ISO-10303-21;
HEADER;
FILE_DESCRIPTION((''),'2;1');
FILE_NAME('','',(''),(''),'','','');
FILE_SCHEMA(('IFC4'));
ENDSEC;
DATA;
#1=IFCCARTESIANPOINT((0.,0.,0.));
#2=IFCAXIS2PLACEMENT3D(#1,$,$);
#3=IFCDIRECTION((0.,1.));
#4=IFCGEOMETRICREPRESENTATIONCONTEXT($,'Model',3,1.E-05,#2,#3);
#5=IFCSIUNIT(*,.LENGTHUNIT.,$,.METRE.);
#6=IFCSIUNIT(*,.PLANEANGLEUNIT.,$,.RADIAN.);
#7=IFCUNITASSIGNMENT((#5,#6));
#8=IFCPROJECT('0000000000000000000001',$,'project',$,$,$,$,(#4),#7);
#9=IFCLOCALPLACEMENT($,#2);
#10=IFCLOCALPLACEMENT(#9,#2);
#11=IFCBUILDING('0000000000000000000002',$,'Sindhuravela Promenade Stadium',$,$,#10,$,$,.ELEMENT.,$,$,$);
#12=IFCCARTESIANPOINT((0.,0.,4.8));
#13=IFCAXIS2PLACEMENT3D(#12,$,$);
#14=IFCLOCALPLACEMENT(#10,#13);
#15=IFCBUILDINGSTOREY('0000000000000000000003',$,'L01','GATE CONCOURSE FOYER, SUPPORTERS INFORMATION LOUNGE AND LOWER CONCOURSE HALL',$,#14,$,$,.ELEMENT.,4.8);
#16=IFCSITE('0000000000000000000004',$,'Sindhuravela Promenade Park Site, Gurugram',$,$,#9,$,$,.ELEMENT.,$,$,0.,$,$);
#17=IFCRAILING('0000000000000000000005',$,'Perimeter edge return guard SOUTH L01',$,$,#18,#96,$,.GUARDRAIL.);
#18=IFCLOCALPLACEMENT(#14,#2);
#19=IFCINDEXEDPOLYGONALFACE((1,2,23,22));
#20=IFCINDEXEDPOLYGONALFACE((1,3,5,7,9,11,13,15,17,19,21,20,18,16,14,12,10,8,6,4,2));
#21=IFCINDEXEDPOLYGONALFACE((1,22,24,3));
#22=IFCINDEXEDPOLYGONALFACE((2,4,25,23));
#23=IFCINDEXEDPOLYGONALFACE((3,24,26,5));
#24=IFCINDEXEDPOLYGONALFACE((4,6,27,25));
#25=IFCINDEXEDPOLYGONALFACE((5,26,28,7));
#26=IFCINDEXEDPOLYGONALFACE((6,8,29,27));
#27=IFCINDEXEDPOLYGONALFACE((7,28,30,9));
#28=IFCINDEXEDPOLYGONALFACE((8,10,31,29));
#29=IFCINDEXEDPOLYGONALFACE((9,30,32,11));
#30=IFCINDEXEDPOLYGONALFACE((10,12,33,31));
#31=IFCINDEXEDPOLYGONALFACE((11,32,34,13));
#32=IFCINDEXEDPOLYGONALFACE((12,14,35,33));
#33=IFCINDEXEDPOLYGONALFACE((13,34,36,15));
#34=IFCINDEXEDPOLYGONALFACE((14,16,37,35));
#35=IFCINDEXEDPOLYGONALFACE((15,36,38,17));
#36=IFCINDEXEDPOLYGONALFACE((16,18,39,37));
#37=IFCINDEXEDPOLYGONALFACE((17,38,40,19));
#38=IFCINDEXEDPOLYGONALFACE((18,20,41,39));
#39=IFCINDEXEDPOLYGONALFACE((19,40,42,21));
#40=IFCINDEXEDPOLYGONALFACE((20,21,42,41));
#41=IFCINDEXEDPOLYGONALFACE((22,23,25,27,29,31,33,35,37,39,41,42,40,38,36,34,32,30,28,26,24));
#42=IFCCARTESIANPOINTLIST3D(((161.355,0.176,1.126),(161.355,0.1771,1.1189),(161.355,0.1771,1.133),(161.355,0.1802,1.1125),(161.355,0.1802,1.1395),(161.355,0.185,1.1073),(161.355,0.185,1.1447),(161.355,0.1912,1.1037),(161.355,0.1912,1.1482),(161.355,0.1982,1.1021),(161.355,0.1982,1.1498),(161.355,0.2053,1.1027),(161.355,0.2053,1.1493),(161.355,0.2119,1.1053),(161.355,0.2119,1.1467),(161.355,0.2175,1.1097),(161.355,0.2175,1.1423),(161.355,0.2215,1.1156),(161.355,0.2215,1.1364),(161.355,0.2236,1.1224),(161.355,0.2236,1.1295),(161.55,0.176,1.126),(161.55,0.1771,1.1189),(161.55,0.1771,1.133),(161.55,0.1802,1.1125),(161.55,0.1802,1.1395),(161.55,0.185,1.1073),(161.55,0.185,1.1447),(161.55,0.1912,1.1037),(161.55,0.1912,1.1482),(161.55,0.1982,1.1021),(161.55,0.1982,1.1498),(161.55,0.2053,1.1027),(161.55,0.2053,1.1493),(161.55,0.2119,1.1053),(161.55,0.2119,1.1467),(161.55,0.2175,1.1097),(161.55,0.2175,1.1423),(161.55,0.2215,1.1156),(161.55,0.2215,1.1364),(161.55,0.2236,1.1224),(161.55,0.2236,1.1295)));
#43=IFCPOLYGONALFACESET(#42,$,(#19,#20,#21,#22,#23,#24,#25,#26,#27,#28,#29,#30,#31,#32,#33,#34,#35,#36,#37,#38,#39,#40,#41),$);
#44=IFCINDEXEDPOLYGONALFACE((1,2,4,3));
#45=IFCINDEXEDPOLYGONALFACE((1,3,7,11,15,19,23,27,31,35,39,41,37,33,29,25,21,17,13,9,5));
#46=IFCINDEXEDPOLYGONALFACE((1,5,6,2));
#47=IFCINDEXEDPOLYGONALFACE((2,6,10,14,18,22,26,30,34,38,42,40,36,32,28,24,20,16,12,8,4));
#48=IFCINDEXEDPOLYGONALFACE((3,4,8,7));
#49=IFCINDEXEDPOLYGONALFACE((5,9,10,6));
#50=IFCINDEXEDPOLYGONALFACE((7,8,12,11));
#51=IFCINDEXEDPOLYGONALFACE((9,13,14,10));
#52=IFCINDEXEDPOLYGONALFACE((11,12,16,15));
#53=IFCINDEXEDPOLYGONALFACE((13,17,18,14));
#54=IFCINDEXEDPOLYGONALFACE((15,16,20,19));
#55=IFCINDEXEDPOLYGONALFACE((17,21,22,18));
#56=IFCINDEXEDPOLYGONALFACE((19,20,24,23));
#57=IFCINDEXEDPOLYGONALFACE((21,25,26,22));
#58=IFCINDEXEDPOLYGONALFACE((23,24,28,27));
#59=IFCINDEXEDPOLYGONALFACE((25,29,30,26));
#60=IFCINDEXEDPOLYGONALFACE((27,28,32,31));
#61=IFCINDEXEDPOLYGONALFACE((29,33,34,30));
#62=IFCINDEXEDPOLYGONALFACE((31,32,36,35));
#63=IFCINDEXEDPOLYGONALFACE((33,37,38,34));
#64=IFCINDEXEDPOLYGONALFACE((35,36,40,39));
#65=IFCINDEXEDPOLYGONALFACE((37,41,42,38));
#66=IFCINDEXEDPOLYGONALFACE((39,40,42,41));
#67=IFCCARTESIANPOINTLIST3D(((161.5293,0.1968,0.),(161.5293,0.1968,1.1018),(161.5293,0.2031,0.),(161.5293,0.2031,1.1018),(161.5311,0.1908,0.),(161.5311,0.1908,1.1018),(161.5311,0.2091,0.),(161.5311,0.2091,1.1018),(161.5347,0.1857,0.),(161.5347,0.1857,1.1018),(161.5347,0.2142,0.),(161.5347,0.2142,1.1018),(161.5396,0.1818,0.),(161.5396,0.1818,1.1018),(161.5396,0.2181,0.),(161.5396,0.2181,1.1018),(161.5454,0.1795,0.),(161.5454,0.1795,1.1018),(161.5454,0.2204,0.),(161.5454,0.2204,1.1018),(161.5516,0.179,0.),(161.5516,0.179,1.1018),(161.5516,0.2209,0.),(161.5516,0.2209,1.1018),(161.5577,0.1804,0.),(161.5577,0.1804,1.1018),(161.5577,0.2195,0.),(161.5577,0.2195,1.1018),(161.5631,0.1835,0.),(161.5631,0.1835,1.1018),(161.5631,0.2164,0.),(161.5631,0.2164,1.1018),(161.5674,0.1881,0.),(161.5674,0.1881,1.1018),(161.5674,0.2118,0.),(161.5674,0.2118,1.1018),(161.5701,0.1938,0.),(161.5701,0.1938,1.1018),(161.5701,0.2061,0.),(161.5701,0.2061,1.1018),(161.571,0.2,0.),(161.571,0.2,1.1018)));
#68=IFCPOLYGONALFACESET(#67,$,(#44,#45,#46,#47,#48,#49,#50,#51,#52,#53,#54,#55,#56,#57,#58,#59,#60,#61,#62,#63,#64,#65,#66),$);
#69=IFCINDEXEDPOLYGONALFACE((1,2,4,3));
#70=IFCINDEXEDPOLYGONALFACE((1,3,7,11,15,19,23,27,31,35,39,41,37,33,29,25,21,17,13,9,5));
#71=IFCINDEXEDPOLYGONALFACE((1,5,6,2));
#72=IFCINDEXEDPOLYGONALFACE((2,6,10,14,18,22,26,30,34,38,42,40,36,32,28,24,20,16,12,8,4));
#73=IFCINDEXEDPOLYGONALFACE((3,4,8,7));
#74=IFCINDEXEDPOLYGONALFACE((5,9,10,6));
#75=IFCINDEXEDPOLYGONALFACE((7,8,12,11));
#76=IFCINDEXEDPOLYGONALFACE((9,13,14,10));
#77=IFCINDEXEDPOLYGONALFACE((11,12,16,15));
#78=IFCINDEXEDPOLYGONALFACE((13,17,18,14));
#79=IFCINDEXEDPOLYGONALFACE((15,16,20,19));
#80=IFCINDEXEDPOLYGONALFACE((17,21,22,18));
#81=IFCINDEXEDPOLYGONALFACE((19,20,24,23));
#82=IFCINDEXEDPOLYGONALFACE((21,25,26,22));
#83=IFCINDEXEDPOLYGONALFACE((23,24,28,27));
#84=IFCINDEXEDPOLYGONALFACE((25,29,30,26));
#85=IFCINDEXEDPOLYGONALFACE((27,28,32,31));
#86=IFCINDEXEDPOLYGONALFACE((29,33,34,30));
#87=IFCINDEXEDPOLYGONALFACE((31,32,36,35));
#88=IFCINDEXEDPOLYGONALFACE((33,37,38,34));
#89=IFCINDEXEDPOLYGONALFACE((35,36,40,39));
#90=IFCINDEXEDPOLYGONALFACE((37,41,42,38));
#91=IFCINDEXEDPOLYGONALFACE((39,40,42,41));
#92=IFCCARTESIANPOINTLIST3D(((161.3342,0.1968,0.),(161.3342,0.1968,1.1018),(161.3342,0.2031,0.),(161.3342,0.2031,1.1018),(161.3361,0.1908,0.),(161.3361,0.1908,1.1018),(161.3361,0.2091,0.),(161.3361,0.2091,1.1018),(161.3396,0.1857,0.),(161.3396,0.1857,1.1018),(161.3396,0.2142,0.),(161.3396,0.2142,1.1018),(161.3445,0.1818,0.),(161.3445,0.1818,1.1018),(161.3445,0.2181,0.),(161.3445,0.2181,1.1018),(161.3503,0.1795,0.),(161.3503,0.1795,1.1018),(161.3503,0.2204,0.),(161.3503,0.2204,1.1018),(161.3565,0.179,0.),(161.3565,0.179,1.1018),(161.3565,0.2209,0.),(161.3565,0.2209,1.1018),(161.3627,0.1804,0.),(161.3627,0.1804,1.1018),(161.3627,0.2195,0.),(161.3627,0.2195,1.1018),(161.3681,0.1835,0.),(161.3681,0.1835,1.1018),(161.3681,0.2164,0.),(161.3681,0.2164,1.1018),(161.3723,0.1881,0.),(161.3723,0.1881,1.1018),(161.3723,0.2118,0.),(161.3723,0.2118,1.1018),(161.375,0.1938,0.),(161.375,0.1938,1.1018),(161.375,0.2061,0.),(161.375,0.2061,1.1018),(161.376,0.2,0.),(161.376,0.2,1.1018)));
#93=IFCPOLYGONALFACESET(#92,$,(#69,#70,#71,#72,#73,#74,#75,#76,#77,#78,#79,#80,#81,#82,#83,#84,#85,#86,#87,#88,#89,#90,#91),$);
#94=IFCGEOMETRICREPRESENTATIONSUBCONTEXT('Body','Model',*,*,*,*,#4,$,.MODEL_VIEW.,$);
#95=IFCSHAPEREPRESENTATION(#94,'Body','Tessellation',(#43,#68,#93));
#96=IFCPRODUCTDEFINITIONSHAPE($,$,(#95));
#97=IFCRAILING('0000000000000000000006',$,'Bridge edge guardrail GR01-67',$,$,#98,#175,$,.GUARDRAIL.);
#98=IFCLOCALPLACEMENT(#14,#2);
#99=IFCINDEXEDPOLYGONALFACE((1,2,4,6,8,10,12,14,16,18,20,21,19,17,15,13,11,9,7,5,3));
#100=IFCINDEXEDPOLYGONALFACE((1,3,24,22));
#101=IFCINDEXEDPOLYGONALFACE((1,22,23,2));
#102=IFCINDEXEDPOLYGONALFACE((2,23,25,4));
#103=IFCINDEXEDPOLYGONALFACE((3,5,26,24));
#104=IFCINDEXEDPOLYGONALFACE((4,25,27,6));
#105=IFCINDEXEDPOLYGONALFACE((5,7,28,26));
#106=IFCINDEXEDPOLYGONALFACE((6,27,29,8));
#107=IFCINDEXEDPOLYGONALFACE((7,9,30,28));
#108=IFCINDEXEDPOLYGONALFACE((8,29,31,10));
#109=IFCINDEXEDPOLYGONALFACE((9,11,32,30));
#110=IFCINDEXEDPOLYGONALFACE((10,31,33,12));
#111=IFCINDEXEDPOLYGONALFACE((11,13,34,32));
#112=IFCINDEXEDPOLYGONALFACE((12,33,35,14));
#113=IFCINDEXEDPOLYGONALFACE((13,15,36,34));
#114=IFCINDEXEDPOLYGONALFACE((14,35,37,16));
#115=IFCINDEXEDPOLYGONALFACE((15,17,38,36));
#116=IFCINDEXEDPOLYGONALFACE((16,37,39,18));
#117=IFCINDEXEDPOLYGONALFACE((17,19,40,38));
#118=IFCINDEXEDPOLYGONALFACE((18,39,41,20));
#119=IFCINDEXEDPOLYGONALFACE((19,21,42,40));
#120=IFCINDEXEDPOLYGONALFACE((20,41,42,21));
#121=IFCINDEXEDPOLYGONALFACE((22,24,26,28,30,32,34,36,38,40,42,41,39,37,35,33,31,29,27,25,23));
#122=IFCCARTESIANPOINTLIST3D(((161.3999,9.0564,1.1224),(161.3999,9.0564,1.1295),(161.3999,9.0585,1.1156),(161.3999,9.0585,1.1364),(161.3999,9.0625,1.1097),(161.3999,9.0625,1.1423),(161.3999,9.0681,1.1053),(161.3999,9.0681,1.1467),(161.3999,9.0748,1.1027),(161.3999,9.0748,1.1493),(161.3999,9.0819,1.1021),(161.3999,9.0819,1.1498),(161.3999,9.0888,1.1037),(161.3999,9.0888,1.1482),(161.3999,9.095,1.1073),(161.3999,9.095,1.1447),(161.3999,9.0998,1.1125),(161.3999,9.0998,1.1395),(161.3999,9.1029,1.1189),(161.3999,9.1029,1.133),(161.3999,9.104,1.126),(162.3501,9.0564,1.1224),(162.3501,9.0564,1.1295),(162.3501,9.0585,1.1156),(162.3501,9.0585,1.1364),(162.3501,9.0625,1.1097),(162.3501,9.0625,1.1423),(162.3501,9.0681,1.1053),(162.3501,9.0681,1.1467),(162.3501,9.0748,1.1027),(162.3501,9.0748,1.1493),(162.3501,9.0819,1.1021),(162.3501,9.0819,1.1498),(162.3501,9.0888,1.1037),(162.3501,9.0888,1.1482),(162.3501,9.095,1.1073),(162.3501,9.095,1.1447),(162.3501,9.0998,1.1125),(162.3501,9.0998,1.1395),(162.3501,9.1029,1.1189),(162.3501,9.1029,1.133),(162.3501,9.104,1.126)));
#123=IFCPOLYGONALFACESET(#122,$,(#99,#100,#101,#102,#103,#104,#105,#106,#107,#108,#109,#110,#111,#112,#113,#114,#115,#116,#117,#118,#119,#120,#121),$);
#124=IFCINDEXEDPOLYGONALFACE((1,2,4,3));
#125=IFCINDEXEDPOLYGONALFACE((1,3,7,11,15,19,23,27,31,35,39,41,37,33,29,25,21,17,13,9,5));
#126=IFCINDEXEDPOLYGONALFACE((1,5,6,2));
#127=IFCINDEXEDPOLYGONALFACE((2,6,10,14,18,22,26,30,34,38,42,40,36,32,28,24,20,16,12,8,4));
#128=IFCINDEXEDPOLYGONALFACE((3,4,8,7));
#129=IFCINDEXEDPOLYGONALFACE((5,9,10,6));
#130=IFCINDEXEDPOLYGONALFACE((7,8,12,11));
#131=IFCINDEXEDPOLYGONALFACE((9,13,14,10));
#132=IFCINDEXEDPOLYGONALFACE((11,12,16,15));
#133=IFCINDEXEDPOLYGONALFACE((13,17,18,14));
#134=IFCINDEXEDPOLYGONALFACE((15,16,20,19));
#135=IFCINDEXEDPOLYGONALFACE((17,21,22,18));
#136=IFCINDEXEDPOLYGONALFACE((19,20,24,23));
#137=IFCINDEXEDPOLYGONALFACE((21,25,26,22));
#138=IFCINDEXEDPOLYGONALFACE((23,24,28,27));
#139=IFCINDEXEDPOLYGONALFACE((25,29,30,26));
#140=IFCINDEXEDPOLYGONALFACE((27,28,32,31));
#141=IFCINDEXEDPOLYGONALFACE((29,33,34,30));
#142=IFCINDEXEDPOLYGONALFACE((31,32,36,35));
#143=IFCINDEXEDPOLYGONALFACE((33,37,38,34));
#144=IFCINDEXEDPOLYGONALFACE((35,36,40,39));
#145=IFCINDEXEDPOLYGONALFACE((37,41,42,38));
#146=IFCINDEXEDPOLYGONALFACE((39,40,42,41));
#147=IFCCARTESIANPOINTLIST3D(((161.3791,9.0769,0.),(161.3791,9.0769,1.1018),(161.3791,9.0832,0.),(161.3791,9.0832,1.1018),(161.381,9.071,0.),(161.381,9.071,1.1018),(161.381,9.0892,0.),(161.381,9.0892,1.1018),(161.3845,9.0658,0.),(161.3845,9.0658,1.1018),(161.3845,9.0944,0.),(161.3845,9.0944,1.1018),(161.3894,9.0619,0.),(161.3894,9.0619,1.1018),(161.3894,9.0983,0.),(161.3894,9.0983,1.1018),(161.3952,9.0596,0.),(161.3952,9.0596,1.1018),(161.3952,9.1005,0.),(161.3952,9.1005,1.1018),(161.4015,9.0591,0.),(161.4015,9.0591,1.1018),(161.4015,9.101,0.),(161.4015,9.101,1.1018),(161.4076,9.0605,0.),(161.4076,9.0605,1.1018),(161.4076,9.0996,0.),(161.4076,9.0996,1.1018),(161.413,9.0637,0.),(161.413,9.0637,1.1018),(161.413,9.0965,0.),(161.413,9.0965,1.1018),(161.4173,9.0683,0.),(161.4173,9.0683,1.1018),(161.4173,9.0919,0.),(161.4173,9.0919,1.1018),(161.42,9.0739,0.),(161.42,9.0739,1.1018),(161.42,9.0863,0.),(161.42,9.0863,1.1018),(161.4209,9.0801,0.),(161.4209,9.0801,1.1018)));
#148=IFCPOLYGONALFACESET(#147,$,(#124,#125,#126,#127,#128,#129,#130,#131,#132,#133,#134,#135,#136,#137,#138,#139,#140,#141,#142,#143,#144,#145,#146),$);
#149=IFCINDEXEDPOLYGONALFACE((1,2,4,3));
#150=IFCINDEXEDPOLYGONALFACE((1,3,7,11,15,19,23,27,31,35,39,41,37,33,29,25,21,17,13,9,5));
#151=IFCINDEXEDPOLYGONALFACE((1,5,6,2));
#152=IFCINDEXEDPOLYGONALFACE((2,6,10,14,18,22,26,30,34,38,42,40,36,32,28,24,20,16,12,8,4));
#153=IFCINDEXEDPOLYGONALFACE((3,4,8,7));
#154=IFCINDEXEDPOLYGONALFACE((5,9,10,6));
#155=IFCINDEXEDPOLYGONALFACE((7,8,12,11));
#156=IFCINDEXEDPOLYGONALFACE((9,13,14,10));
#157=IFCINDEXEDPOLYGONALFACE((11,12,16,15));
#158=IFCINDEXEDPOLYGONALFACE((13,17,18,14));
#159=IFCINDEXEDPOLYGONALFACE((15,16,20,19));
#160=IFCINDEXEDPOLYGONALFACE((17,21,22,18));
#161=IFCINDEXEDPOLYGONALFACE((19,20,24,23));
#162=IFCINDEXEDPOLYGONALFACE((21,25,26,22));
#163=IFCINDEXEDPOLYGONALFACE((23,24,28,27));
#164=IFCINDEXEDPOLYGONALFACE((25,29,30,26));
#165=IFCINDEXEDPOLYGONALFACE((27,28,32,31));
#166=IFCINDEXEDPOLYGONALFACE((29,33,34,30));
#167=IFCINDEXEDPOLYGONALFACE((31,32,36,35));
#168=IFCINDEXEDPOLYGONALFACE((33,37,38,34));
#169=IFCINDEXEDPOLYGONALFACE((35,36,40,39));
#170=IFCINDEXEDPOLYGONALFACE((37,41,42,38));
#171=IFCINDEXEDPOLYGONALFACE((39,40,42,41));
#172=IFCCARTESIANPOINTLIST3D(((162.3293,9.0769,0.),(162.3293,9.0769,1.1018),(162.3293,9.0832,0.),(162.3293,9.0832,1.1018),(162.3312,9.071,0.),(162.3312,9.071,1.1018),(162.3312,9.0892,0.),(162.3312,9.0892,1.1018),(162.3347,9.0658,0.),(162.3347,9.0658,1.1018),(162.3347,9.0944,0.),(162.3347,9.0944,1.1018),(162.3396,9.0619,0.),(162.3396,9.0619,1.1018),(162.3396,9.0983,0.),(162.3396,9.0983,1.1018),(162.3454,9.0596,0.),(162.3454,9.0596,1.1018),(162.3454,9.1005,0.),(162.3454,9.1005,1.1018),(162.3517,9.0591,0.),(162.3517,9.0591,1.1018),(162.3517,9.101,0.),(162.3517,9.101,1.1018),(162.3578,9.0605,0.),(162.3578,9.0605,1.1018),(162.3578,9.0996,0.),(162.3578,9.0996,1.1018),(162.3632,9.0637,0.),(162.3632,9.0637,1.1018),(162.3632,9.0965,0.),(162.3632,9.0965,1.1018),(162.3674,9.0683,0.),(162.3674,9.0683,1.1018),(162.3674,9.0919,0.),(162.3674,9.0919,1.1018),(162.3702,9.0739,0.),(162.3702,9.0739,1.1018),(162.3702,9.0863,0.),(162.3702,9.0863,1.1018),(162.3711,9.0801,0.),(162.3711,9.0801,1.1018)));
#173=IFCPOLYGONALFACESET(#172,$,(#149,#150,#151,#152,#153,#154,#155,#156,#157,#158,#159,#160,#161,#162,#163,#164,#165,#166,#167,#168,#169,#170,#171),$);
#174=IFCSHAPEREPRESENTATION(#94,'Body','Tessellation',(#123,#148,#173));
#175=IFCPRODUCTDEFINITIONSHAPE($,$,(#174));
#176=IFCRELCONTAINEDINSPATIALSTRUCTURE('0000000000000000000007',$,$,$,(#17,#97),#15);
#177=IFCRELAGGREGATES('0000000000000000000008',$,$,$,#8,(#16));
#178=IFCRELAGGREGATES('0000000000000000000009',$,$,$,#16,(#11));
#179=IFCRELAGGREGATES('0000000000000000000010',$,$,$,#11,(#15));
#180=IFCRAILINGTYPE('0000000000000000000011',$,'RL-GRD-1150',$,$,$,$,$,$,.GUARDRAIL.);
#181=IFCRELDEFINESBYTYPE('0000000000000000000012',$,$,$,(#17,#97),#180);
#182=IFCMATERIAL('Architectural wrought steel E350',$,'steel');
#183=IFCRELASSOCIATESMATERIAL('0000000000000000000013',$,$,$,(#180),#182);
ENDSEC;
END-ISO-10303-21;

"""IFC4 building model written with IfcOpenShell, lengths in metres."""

from ifc_helpers import new_model, si_unit, direction, frame, origin, origin_2d, place, context, subcontext, project, spatial, circle, extrude, material, type_object, element, save


model = new_model("IFC4")

# Units and contexts
model_context = context("Model", 3, precision=1e-05, world=origin(), true_north=direction((0.0, 1.0)))
body_context = subcontext(model_context, "Body", "Model", "MODEL_VIEW")
ifc_project = project(units=[si_unit("LENGTHUNIT", "METRE"), si_unit("PLANEANGLEUNIT", "RADIAN")], contexts=[model_context])

# Site, building, storey
site_placement = place(None, origin())
site = spatial("IfcSite", under=ifc_project, at=site_placement, Name="Sindhuravela Promenade Park Site, Gurugram", CompositionType="ELEMENT", RefElevation=0.0)
building_placement = place(site_placement, origin())
building = spatial("IfcBuilding", under=site, at=building_placement, Name="Sindhuravela Promenade Stadium", CompositionType="ELEMENT")
storey_placement = place(building_placement, frame((0.0, 0.0, 4.8)))
storey = spatial("IfcBuildingStorey", under=building, at=storey_placement, Name="L01", Description="GATE CONCOURSE FOYER, SUPPORTERS INFORMATION LOUNGE AND LOWER CONCOURSE HALL", CompositionType="ELEMENT", Elevation=4.8)

# Railings
ifc_material_1 = material(Name="Architectural wrought steel E350", Category="steel")
railing_type = type_object("IfcRailingType", Name="RL-GRD-1150", PredefinedType="GUARDRAIL", material=ifc_material_1)
railing_1_placement = place(storey_placement, frame((161.55, 0.2, 0.0)))
element("IfcRailing", 1, at=railing_1_placement, inside=storey, type_object=railing_type, Name="Perimeter edge return guard SOUTH L01", PredefinedType="GUARDRAIL", context=body_context, shape_type="SweptSolid", body=[
    extrude(circle(Radius=0.0239, at=origin_2d()), frame((0.0, 0.0, 1.126), z_axis=(-1.0, 0.0, 0.0), x_axis=(0.0, -1.0, 0.0)), (0.0, 0.0, 1.0), 0.1951),
    extrude(circle(Radius=0.021, at=origin_2d()), origin(), (0.0, 0.0, 1.0), 1.1018),
    extrude(circle(Radius=0.021, at=origin_2d()), frame((-0.1951, 0.0, 0.0)), (0.0, 0.0, 1.0), 1.1018),
])
railing_2_placement = place(storey_placement, frame((161.3999, 9.0801, 0.0)))
element("IfcRailing", 2, at=railing_2_placement, inside=storey, type_object=railing_type, Name="Bridge edge guardrail GR01-67", PredefinedType="GUARDRAIL", context=body_context, shape_type="SweptSolid", body=[
    extrude(circle(Radius=0.0239, at=origin_2d()), frame((0.0, 0.0, 1.126), z_axis=(1.0, 0.0, 0.0), x_axis=(0.0, 1.0, 0.0)), (0.0, 0.0, 1.0), 0.9502),
    extrude(circle(Radius=0.021, at=origin_2d()), origin(), (0.0, 0.0, 1.0), 1.1018),
    extrude(circle(Radius=0.021, at=origin_2d()), frame((0.9502, 0.0, 0.0)), (0.0, 0.0, 1.0), 1.1018),
])

save(model, "model.ifc")
